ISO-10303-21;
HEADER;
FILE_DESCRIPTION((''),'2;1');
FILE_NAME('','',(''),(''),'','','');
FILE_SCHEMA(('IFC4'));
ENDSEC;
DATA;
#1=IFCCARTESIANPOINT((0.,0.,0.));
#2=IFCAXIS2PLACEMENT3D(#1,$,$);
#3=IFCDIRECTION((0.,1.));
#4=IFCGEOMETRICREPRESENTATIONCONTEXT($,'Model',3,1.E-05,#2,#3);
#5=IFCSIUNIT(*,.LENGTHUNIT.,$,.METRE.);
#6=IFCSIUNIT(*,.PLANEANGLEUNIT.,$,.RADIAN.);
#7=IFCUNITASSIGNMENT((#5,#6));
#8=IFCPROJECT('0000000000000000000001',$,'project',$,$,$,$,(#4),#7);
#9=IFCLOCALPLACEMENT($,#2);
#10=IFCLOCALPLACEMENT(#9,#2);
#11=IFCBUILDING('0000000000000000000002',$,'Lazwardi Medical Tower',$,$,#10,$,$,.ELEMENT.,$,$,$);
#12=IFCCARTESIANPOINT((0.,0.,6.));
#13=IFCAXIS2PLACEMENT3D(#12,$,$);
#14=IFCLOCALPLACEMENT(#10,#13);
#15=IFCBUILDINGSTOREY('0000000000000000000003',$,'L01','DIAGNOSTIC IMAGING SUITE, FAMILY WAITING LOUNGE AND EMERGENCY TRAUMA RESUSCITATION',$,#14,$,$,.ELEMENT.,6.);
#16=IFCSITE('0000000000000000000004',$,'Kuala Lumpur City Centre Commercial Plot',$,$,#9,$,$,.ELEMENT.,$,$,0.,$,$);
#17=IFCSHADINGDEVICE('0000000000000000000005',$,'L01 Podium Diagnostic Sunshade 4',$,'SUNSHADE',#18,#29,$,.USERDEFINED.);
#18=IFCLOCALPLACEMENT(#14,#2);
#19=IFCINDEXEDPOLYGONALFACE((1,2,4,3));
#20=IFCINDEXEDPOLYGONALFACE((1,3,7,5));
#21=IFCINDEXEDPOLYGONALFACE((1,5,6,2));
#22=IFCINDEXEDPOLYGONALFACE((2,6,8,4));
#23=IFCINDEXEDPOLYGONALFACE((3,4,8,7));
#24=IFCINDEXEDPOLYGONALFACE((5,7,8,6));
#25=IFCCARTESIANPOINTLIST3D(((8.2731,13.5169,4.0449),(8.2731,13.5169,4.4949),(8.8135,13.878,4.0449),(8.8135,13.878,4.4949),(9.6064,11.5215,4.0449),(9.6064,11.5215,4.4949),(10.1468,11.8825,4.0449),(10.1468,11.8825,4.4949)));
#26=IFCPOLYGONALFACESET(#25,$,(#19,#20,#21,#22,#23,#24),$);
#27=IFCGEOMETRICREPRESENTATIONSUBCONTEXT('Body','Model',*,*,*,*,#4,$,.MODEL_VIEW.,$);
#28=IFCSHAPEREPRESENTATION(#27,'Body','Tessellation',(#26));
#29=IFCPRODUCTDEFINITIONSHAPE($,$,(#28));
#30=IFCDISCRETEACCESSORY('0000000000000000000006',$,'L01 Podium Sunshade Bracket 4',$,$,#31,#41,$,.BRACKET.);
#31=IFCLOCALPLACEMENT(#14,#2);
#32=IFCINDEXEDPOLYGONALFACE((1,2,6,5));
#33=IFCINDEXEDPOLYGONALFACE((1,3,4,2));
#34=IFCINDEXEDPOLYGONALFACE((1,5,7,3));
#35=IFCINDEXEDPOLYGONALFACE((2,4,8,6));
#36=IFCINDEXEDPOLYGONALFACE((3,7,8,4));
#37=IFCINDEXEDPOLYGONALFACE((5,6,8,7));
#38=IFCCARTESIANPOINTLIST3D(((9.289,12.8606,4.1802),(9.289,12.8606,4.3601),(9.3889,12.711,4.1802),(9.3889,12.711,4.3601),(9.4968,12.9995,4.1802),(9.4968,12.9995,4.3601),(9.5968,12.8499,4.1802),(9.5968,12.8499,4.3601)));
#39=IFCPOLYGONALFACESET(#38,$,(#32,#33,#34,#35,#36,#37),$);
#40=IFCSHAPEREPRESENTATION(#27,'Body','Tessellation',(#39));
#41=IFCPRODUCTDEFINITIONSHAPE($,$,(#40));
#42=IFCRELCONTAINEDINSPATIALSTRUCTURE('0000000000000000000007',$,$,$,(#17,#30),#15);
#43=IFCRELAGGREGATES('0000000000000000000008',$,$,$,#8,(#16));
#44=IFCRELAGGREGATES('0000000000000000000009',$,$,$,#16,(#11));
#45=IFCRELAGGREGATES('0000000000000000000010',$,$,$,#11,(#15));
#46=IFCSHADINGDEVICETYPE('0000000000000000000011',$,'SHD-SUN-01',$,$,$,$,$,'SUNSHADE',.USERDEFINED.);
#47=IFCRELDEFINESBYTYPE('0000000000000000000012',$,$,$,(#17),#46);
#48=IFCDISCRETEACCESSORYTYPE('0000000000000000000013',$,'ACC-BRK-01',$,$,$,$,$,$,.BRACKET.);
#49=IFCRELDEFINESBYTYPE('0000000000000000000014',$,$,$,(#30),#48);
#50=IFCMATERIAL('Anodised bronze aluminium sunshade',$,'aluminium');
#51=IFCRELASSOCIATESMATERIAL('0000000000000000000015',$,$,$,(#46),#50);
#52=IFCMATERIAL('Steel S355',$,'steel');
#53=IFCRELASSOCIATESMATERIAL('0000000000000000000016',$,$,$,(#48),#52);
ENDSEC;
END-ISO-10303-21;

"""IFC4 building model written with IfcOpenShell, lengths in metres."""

from ifc_helpers import new_model, si_unit, direction, frame, origin, origin_2d, place, context, subcontext, project, spatial, rectangle, extrude, material, type_object, element, save


model = new_model("IFC4")

# Units and contexts
model_context = context("Model", 3, precision=1e-05, world=origin(), true_north=direction((0.0, 1.0)))
body_context = subcontext(model_context, "Body", "Model", "MODEL_VIEW")
ifc_project = project(units=[si_unit("LENGTHUNIT", "METRE"), si_unit("PLANEANGLEUNIT", "RADIAN")], contexts=[model_context])

# Site, building, storey
site_placement = place(None, origin())
site = spatial("IfcSite", under=ifc_project, at=site_placement, Name="Kuala Lumpur City Centre Commercial Plot", CompositionType="ELEMENT", RefElevation=0.0)
building_placement = place(site_placement, origin())
building = spatial("IfcBuilding", under=site, at=building_placement, Name="Lazwardi Medical Tower", CompositionType="ELEMENT")
storey_placement = place(building_placement, frame((0.0, 0.0, 6.0)))
storey = spatial("IfcBuildingStorey", under=building, at=storey_placement, Name="L01", Description="DIAGNOSTIC IMAGING SUITE, FAMILY WAITING LOUNGE AND EMERGENCY TRAUMA RESUSCITATION", CompositionType="ELEMENT", Elevation=6.0)

# Shared definitions
ifc_material_1 = material(Name="Steel S355", Category="steel")

# Shading device
ifc_material_2 = material(Name="Anodised bronze aluminium sunshade", Category="aluminium")
shading_device_type = type_object("IfcShadingDeviceType", Name="SHD-SUN-01", ElementType="SUNSHADE", PredefinedType="USERDEFINED", material=ifc_material_2)
shading_device_placement = place(storey_placement, frame((9.21, 12.6997, 4.0449), z_axis=(0.0, 0.0, 1.0), x_axis=(0.55557, -0.83147, 0.0)))
element("IfcShadingDevice", 1, at=shading_device_placement, inside=storey, type_object=shading_device_type, Name="L01 Podium Diagnostic Sunshade 4", ObjectType="SUNSHADE", PredefinedType="USERDEFINED", context=body_context, shape_type="SweptSolid", body=[
    extrude(rectangle(XDim=2.3999, YDim=0.6499, at=origin_2d()), origin(), (0.0, 0.0, 1.0), 0.45),
])

# Discrete accessory
discrete_accessory_type = type_object("IfcDiscreteAccessoryType", Name="ACC-BRK-01", PredefinedType="BRACKET", material=ifc_material_1)
discrete_accessory_placement = place(storey_placement, frame((9.4429, 12.8552, 4.1802), z_axis=(0.0, 0.0, 1.0), x_axis=(0.55557, -0.83147, 0.0)))
element("IfcDiscreteAccessory", 2, at=discrete_accessory_placement, inside=storey, type_object=discrete_accessory_type, Name="L01 Podium Sunshade Bracket 4", PredefinedType="BRACKET", context=body_context, shape_type="SweptSolid", body=[
    extrude(rectangle(XDim=0.1799, YDim=0.25, at=origin_2d()), origin(), (0.0, 0.0, 1.0), 0.1799),
])

save(model, "model.ifc")
